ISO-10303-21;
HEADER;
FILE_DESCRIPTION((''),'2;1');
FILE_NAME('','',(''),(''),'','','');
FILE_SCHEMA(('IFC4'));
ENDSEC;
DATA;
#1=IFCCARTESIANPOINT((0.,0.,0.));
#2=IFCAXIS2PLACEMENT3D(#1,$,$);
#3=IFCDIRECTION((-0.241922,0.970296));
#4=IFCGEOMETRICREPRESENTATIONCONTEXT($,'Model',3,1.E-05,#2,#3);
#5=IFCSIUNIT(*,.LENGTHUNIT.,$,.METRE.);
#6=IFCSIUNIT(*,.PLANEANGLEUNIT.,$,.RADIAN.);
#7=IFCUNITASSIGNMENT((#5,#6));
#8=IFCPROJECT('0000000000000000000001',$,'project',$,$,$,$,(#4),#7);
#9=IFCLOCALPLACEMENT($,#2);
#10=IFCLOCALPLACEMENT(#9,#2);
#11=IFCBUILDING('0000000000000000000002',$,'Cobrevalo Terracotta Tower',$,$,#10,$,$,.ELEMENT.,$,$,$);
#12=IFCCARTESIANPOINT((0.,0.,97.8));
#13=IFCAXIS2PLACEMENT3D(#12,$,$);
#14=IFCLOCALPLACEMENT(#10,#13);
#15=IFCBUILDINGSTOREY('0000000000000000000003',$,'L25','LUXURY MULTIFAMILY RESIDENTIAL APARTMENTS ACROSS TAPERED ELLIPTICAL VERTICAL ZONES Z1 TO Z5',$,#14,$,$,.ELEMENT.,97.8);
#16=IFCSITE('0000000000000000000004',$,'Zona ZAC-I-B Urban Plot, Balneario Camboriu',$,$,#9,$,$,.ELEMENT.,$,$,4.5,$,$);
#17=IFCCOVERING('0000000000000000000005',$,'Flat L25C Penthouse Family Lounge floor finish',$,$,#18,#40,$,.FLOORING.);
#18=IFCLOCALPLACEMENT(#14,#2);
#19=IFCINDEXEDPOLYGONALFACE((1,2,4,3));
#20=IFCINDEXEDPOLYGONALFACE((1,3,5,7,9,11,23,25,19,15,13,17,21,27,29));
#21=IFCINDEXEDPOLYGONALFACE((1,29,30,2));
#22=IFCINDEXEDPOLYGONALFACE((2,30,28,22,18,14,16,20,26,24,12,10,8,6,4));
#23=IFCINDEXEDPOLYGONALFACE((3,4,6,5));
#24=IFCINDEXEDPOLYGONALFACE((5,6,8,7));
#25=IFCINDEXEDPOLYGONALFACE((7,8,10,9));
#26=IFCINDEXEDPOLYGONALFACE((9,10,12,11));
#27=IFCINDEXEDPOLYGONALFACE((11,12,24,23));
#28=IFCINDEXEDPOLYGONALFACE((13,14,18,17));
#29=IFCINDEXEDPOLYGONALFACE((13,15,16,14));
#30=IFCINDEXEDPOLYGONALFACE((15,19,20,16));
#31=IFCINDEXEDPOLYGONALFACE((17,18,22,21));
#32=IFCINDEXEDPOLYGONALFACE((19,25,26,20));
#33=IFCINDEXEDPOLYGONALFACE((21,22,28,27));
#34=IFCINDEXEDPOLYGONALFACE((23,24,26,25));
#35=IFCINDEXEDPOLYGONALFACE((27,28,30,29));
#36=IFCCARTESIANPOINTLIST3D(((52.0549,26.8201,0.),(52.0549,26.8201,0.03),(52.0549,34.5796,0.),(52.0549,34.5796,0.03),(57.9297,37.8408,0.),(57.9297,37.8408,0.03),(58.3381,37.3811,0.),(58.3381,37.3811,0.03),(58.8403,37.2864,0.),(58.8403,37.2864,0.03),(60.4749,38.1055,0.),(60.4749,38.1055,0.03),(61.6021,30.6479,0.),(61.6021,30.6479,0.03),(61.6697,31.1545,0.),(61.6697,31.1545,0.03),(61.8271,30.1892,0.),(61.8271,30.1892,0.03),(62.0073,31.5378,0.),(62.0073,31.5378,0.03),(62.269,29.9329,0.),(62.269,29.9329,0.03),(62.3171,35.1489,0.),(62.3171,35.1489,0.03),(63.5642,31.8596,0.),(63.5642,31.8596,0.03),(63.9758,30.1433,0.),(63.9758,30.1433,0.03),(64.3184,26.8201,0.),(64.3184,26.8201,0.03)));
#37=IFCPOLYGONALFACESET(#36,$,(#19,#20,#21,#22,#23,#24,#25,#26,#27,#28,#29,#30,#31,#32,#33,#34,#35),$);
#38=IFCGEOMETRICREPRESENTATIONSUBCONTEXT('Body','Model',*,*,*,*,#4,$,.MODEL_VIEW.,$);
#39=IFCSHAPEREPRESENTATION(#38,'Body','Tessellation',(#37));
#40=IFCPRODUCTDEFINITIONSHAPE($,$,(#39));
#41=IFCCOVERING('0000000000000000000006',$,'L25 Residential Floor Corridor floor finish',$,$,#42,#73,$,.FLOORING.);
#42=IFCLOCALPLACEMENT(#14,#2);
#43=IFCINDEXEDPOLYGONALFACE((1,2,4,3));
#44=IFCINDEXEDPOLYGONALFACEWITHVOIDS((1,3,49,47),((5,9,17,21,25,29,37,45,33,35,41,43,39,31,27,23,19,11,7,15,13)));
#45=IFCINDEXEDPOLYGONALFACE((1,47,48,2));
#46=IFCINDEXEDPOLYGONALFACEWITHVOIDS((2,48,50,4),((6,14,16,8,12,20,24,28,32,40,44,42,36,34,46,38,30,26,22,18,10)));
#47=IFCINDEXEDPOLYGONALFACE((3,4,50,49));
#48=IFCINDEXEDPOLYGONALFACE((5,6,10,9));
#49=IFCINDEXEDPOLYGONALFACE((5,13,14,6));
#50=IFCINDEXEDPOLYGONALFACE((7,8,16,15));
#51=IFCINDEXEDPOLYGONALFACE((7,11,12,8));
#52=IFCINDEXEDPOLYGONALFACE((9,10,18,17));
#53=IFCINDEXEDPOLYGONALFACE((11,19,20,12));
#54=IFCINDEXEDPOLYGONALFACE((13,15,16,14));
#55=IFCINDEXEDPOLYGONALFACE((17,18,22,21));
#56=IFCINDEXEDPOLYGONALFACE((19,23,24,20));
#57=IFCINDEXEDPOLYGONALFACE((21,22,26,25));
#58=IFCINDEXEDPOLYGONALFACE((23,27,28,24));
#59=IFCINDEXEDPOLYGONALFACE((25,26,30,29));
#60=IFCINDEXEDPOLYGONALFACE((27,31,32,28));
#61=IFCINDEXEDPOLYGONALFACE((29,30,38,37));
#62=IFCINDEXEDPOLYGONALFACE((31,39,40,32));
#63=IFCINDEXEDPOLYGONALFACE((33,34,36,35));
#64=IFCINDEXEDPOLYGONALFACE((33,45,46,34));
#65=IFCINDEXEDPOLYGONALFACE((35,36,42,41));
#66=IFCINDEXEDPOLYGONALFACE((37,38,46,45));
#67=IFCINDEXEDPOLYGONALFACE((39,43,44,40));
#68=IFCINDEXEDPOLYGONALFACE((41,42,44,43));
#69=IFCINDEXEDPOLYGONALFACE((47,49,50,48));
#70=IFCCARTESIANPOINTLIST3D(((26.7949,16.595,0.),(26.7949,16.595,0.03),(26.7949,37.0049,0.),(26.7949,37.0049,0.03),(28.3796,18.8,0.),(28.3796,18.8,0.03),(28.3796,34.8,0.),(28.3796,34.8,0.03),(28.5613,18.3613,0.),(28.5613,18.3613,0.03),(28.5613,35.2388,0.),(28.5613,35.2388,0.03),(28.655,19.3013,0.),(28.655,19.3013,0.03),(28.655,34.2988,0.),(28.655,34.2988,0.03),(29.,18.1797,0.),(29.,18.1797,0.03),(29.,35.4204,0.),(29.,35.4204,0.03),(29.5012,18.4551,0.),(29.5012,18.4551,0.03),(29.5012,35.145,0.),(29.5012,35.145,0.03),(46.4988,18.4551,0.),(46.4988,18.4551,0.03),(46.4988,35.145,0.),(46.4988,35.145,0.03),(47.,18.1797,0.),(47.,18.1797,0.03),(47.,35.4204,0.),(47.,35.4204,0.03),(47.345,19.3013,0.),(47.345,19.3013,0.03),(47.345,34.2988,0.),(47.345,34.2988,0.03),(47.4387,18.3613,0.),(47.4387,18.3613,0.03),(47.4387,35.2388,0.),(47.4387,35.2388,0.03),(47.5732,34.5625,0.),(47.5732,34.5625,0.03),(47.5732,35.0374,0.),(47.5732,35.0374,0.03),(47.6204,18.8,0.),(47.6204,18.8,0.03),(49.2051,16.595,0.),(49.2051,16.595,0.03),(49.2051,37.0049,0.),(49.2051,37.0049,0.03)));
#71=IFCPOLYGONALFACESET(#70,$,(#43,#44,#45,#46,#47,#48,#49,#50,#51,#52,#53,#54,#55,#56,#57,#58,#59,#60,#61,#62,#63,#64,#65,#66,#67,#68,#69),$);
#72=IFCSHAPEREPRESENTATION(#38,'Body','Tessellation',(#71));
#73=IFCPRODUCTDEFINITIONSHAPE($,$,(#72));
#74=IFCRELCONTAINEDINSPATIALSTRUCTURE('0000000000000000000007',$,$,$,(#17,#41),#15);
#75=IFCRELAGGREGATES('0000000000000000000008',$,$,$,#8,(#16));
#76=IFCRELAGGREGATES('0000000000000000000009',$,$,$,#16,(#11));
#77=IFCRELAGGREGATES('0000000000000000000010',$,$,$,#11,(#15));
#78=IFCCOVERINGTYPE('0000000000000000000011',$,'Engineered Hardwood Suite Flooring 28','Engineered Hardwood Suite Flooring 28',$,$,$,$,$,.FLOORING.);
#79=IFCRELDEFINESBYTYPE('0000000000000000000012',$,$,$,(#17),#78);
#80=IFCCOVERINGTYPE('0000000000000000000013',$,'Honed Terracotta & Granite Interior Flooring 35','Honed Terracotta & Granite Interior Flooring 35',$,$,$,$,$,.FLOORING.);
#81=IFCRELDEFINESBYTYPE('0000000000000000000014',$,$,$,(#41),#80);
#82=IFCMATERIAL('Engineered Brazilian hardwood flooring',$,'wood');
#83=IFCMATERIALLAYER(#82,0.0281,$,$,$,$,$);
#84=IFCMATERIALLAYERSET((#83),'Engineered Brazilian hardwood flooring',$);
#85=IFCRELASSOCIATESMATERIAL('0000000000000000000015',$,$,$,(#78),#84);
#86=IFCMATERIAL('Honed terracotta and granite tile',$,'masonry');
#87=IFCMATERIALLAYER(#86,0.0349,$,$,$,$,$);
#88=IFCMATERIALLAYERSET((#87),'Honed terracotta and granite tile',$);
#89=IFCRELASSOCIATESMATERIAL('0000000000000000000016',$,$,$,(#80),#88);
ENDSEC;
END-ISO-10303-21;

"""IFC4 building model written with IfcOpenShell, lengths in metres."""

from ifc_helpers import new_model, si_unit, direction, frame, origin, place, context, subcontext, project, spatial, polyline, outline, extrude, material, layer, layer_set, type_object, element, save


model = new_model("IFC4")

# Units and contexts
model_context = context("Model", 3, precision=1e-05, world=origin(), true_north=direction((-0.241922, 0.970296)))
body_context = subcontext(model_context, "Body", "Model", "MODEL_VIEW")
ifc_project = project(units=[si_unit("LENGTHUNIT", "METRE"), si_unit("PLANEANGLEUNIT", "RADIAN")], contexts=[model_context])

# Site, building, storey
site_placement = place(None, origin())
site = spatial("IfcSite", under=ifc_project, at=site_placement, Name="Zona ZAC-I-B Urban Plot, Balneario Camboriu", CompositionType="ELEMENT", RefElevation=4.5)
building_placement = place(site_placement, origin())
building = spatial("IfcBuilding", under=site, at=building_placement, Name="Cobrevalo Terracotta Tower", CompositionType="ELEMENT")
storey_placement = place(building_placement, frame((0.0, 0.0, 97.8)))
storey = spatial("IfcBuildingStorey", under=building, at=storey_placement, Name="L25", Description="LUXURY MULTIFAMILY RESIDENTIAL APARTMENTS ACROSS TAPERED ELLIPTICAL VERTICAL ZONES Z1 TO Z5", CompositionType="ELEMENT", Elevation=97.8)

# Coverings
ifc_material_1 = material(Name="Engineered Brazilian hardwood flooring", Category="wood")
ifc_layer_1 = layer(ifc_material_1, 0.0281)
ifc_layer_set_1 = layer_set([ifc_layer_1], Name="Engineered Brazilian hardwood flooring")
covering_type_1 = type_object("IfcCoveringType", Name="Engineered Hardwood Suite Flooring 28", Description="Engineered Hardwood Suite Flooring 28", PredefinedType="FLOORING", material=ifc_layer_set_1)
covering_1_placement = place(storey_placement, origin())
element("IfcCovering", 1, at=covering_1_placement, inside=storey, type_object=covering_type_1, Name="Flat L25C Penthouse Family Lounge floor finish", PredefinedType="FLOORING", context=body_context, shape_type="SweptSolid", body=[
    extrude(outline(polyline([(57.9297, 37.8408), (58.3381, 37.3811), (58.8403, 37.2864), (60.4749, 38.1055), (62.3171, 35.1489), (63.5642, 31.8596), (62.0073, 31.5378), (61.6697, 31.1545), (61.6021, 30.6479), (61.8271, 30.1892), (62.269, 29.9329), (63.9758, 30.1433), (64.3184, 26.8201), (52.0549, 26.8201), (52.0549, 34.5796), (57.9297, 37.8408)])), origin(), (0.0, 0.0, 1.0), 0.03),
])
ifc_material_2 = material(Name="Honed terracotta and granite tile", Category="masonry")
ifc_layer_2 = layer(ifc_material_2, 0.0349)
ifc_layer_set_2 = layer_set([ifc_layer_2], Name="Honed terracotta and granite tile")
covering_type_2 = type_object("IfcCoveringType", Name="Honed Terracotta & Granite Interior Flooring 35", Description="Honed Terracotta & Granite Interior Flooring 35", PredefinedType="FLOORING", material=ifc_layer_set_2)
covering_2_placement = place(storey_placement, origin())
element("IfcCovering", 2, at=covering_2_placement, inside=storey, type_object=covering_type_2, Name="L25 Residential Floor Corridor floor finish", PredefinedType="FLOORING", context=body_context, shape_type="SweptSolid", body=[
    extrude(outline(polyline([(49.2051, 37.0049), (49.2051, 16.595), (26.7949, 16.595), (26.7949, 37.0049), (49.2051, 37.0049)]), holes=[polyline([(47.345, 34.2988), (47.5732, 34.5625), (47.5732, 35.0374), (47.4387, 35.2388), (47.0, 35.4204), (46.4988, 35.145), (29.5012, 35.145), (29.0, 35.4204), (28.5613, 35.2388), (28.3796, 34.8), (28.655, 34.2988), (28.655, 19.3013), (28.3796, 18.8), (28.5613, 18.3613), (29.0, 18.1797), (29.5012, 18.4551), (46.4988, 18.4551), (47.0, 18.1797), (47.4387, 18.3613), (47.6204, 18.8), (47.345, 19.3013), (47.345, 34.2988)])]), origin(), (0.0, 0.0, 1.0), 0.03),
])

save(model, "model.ifc")
